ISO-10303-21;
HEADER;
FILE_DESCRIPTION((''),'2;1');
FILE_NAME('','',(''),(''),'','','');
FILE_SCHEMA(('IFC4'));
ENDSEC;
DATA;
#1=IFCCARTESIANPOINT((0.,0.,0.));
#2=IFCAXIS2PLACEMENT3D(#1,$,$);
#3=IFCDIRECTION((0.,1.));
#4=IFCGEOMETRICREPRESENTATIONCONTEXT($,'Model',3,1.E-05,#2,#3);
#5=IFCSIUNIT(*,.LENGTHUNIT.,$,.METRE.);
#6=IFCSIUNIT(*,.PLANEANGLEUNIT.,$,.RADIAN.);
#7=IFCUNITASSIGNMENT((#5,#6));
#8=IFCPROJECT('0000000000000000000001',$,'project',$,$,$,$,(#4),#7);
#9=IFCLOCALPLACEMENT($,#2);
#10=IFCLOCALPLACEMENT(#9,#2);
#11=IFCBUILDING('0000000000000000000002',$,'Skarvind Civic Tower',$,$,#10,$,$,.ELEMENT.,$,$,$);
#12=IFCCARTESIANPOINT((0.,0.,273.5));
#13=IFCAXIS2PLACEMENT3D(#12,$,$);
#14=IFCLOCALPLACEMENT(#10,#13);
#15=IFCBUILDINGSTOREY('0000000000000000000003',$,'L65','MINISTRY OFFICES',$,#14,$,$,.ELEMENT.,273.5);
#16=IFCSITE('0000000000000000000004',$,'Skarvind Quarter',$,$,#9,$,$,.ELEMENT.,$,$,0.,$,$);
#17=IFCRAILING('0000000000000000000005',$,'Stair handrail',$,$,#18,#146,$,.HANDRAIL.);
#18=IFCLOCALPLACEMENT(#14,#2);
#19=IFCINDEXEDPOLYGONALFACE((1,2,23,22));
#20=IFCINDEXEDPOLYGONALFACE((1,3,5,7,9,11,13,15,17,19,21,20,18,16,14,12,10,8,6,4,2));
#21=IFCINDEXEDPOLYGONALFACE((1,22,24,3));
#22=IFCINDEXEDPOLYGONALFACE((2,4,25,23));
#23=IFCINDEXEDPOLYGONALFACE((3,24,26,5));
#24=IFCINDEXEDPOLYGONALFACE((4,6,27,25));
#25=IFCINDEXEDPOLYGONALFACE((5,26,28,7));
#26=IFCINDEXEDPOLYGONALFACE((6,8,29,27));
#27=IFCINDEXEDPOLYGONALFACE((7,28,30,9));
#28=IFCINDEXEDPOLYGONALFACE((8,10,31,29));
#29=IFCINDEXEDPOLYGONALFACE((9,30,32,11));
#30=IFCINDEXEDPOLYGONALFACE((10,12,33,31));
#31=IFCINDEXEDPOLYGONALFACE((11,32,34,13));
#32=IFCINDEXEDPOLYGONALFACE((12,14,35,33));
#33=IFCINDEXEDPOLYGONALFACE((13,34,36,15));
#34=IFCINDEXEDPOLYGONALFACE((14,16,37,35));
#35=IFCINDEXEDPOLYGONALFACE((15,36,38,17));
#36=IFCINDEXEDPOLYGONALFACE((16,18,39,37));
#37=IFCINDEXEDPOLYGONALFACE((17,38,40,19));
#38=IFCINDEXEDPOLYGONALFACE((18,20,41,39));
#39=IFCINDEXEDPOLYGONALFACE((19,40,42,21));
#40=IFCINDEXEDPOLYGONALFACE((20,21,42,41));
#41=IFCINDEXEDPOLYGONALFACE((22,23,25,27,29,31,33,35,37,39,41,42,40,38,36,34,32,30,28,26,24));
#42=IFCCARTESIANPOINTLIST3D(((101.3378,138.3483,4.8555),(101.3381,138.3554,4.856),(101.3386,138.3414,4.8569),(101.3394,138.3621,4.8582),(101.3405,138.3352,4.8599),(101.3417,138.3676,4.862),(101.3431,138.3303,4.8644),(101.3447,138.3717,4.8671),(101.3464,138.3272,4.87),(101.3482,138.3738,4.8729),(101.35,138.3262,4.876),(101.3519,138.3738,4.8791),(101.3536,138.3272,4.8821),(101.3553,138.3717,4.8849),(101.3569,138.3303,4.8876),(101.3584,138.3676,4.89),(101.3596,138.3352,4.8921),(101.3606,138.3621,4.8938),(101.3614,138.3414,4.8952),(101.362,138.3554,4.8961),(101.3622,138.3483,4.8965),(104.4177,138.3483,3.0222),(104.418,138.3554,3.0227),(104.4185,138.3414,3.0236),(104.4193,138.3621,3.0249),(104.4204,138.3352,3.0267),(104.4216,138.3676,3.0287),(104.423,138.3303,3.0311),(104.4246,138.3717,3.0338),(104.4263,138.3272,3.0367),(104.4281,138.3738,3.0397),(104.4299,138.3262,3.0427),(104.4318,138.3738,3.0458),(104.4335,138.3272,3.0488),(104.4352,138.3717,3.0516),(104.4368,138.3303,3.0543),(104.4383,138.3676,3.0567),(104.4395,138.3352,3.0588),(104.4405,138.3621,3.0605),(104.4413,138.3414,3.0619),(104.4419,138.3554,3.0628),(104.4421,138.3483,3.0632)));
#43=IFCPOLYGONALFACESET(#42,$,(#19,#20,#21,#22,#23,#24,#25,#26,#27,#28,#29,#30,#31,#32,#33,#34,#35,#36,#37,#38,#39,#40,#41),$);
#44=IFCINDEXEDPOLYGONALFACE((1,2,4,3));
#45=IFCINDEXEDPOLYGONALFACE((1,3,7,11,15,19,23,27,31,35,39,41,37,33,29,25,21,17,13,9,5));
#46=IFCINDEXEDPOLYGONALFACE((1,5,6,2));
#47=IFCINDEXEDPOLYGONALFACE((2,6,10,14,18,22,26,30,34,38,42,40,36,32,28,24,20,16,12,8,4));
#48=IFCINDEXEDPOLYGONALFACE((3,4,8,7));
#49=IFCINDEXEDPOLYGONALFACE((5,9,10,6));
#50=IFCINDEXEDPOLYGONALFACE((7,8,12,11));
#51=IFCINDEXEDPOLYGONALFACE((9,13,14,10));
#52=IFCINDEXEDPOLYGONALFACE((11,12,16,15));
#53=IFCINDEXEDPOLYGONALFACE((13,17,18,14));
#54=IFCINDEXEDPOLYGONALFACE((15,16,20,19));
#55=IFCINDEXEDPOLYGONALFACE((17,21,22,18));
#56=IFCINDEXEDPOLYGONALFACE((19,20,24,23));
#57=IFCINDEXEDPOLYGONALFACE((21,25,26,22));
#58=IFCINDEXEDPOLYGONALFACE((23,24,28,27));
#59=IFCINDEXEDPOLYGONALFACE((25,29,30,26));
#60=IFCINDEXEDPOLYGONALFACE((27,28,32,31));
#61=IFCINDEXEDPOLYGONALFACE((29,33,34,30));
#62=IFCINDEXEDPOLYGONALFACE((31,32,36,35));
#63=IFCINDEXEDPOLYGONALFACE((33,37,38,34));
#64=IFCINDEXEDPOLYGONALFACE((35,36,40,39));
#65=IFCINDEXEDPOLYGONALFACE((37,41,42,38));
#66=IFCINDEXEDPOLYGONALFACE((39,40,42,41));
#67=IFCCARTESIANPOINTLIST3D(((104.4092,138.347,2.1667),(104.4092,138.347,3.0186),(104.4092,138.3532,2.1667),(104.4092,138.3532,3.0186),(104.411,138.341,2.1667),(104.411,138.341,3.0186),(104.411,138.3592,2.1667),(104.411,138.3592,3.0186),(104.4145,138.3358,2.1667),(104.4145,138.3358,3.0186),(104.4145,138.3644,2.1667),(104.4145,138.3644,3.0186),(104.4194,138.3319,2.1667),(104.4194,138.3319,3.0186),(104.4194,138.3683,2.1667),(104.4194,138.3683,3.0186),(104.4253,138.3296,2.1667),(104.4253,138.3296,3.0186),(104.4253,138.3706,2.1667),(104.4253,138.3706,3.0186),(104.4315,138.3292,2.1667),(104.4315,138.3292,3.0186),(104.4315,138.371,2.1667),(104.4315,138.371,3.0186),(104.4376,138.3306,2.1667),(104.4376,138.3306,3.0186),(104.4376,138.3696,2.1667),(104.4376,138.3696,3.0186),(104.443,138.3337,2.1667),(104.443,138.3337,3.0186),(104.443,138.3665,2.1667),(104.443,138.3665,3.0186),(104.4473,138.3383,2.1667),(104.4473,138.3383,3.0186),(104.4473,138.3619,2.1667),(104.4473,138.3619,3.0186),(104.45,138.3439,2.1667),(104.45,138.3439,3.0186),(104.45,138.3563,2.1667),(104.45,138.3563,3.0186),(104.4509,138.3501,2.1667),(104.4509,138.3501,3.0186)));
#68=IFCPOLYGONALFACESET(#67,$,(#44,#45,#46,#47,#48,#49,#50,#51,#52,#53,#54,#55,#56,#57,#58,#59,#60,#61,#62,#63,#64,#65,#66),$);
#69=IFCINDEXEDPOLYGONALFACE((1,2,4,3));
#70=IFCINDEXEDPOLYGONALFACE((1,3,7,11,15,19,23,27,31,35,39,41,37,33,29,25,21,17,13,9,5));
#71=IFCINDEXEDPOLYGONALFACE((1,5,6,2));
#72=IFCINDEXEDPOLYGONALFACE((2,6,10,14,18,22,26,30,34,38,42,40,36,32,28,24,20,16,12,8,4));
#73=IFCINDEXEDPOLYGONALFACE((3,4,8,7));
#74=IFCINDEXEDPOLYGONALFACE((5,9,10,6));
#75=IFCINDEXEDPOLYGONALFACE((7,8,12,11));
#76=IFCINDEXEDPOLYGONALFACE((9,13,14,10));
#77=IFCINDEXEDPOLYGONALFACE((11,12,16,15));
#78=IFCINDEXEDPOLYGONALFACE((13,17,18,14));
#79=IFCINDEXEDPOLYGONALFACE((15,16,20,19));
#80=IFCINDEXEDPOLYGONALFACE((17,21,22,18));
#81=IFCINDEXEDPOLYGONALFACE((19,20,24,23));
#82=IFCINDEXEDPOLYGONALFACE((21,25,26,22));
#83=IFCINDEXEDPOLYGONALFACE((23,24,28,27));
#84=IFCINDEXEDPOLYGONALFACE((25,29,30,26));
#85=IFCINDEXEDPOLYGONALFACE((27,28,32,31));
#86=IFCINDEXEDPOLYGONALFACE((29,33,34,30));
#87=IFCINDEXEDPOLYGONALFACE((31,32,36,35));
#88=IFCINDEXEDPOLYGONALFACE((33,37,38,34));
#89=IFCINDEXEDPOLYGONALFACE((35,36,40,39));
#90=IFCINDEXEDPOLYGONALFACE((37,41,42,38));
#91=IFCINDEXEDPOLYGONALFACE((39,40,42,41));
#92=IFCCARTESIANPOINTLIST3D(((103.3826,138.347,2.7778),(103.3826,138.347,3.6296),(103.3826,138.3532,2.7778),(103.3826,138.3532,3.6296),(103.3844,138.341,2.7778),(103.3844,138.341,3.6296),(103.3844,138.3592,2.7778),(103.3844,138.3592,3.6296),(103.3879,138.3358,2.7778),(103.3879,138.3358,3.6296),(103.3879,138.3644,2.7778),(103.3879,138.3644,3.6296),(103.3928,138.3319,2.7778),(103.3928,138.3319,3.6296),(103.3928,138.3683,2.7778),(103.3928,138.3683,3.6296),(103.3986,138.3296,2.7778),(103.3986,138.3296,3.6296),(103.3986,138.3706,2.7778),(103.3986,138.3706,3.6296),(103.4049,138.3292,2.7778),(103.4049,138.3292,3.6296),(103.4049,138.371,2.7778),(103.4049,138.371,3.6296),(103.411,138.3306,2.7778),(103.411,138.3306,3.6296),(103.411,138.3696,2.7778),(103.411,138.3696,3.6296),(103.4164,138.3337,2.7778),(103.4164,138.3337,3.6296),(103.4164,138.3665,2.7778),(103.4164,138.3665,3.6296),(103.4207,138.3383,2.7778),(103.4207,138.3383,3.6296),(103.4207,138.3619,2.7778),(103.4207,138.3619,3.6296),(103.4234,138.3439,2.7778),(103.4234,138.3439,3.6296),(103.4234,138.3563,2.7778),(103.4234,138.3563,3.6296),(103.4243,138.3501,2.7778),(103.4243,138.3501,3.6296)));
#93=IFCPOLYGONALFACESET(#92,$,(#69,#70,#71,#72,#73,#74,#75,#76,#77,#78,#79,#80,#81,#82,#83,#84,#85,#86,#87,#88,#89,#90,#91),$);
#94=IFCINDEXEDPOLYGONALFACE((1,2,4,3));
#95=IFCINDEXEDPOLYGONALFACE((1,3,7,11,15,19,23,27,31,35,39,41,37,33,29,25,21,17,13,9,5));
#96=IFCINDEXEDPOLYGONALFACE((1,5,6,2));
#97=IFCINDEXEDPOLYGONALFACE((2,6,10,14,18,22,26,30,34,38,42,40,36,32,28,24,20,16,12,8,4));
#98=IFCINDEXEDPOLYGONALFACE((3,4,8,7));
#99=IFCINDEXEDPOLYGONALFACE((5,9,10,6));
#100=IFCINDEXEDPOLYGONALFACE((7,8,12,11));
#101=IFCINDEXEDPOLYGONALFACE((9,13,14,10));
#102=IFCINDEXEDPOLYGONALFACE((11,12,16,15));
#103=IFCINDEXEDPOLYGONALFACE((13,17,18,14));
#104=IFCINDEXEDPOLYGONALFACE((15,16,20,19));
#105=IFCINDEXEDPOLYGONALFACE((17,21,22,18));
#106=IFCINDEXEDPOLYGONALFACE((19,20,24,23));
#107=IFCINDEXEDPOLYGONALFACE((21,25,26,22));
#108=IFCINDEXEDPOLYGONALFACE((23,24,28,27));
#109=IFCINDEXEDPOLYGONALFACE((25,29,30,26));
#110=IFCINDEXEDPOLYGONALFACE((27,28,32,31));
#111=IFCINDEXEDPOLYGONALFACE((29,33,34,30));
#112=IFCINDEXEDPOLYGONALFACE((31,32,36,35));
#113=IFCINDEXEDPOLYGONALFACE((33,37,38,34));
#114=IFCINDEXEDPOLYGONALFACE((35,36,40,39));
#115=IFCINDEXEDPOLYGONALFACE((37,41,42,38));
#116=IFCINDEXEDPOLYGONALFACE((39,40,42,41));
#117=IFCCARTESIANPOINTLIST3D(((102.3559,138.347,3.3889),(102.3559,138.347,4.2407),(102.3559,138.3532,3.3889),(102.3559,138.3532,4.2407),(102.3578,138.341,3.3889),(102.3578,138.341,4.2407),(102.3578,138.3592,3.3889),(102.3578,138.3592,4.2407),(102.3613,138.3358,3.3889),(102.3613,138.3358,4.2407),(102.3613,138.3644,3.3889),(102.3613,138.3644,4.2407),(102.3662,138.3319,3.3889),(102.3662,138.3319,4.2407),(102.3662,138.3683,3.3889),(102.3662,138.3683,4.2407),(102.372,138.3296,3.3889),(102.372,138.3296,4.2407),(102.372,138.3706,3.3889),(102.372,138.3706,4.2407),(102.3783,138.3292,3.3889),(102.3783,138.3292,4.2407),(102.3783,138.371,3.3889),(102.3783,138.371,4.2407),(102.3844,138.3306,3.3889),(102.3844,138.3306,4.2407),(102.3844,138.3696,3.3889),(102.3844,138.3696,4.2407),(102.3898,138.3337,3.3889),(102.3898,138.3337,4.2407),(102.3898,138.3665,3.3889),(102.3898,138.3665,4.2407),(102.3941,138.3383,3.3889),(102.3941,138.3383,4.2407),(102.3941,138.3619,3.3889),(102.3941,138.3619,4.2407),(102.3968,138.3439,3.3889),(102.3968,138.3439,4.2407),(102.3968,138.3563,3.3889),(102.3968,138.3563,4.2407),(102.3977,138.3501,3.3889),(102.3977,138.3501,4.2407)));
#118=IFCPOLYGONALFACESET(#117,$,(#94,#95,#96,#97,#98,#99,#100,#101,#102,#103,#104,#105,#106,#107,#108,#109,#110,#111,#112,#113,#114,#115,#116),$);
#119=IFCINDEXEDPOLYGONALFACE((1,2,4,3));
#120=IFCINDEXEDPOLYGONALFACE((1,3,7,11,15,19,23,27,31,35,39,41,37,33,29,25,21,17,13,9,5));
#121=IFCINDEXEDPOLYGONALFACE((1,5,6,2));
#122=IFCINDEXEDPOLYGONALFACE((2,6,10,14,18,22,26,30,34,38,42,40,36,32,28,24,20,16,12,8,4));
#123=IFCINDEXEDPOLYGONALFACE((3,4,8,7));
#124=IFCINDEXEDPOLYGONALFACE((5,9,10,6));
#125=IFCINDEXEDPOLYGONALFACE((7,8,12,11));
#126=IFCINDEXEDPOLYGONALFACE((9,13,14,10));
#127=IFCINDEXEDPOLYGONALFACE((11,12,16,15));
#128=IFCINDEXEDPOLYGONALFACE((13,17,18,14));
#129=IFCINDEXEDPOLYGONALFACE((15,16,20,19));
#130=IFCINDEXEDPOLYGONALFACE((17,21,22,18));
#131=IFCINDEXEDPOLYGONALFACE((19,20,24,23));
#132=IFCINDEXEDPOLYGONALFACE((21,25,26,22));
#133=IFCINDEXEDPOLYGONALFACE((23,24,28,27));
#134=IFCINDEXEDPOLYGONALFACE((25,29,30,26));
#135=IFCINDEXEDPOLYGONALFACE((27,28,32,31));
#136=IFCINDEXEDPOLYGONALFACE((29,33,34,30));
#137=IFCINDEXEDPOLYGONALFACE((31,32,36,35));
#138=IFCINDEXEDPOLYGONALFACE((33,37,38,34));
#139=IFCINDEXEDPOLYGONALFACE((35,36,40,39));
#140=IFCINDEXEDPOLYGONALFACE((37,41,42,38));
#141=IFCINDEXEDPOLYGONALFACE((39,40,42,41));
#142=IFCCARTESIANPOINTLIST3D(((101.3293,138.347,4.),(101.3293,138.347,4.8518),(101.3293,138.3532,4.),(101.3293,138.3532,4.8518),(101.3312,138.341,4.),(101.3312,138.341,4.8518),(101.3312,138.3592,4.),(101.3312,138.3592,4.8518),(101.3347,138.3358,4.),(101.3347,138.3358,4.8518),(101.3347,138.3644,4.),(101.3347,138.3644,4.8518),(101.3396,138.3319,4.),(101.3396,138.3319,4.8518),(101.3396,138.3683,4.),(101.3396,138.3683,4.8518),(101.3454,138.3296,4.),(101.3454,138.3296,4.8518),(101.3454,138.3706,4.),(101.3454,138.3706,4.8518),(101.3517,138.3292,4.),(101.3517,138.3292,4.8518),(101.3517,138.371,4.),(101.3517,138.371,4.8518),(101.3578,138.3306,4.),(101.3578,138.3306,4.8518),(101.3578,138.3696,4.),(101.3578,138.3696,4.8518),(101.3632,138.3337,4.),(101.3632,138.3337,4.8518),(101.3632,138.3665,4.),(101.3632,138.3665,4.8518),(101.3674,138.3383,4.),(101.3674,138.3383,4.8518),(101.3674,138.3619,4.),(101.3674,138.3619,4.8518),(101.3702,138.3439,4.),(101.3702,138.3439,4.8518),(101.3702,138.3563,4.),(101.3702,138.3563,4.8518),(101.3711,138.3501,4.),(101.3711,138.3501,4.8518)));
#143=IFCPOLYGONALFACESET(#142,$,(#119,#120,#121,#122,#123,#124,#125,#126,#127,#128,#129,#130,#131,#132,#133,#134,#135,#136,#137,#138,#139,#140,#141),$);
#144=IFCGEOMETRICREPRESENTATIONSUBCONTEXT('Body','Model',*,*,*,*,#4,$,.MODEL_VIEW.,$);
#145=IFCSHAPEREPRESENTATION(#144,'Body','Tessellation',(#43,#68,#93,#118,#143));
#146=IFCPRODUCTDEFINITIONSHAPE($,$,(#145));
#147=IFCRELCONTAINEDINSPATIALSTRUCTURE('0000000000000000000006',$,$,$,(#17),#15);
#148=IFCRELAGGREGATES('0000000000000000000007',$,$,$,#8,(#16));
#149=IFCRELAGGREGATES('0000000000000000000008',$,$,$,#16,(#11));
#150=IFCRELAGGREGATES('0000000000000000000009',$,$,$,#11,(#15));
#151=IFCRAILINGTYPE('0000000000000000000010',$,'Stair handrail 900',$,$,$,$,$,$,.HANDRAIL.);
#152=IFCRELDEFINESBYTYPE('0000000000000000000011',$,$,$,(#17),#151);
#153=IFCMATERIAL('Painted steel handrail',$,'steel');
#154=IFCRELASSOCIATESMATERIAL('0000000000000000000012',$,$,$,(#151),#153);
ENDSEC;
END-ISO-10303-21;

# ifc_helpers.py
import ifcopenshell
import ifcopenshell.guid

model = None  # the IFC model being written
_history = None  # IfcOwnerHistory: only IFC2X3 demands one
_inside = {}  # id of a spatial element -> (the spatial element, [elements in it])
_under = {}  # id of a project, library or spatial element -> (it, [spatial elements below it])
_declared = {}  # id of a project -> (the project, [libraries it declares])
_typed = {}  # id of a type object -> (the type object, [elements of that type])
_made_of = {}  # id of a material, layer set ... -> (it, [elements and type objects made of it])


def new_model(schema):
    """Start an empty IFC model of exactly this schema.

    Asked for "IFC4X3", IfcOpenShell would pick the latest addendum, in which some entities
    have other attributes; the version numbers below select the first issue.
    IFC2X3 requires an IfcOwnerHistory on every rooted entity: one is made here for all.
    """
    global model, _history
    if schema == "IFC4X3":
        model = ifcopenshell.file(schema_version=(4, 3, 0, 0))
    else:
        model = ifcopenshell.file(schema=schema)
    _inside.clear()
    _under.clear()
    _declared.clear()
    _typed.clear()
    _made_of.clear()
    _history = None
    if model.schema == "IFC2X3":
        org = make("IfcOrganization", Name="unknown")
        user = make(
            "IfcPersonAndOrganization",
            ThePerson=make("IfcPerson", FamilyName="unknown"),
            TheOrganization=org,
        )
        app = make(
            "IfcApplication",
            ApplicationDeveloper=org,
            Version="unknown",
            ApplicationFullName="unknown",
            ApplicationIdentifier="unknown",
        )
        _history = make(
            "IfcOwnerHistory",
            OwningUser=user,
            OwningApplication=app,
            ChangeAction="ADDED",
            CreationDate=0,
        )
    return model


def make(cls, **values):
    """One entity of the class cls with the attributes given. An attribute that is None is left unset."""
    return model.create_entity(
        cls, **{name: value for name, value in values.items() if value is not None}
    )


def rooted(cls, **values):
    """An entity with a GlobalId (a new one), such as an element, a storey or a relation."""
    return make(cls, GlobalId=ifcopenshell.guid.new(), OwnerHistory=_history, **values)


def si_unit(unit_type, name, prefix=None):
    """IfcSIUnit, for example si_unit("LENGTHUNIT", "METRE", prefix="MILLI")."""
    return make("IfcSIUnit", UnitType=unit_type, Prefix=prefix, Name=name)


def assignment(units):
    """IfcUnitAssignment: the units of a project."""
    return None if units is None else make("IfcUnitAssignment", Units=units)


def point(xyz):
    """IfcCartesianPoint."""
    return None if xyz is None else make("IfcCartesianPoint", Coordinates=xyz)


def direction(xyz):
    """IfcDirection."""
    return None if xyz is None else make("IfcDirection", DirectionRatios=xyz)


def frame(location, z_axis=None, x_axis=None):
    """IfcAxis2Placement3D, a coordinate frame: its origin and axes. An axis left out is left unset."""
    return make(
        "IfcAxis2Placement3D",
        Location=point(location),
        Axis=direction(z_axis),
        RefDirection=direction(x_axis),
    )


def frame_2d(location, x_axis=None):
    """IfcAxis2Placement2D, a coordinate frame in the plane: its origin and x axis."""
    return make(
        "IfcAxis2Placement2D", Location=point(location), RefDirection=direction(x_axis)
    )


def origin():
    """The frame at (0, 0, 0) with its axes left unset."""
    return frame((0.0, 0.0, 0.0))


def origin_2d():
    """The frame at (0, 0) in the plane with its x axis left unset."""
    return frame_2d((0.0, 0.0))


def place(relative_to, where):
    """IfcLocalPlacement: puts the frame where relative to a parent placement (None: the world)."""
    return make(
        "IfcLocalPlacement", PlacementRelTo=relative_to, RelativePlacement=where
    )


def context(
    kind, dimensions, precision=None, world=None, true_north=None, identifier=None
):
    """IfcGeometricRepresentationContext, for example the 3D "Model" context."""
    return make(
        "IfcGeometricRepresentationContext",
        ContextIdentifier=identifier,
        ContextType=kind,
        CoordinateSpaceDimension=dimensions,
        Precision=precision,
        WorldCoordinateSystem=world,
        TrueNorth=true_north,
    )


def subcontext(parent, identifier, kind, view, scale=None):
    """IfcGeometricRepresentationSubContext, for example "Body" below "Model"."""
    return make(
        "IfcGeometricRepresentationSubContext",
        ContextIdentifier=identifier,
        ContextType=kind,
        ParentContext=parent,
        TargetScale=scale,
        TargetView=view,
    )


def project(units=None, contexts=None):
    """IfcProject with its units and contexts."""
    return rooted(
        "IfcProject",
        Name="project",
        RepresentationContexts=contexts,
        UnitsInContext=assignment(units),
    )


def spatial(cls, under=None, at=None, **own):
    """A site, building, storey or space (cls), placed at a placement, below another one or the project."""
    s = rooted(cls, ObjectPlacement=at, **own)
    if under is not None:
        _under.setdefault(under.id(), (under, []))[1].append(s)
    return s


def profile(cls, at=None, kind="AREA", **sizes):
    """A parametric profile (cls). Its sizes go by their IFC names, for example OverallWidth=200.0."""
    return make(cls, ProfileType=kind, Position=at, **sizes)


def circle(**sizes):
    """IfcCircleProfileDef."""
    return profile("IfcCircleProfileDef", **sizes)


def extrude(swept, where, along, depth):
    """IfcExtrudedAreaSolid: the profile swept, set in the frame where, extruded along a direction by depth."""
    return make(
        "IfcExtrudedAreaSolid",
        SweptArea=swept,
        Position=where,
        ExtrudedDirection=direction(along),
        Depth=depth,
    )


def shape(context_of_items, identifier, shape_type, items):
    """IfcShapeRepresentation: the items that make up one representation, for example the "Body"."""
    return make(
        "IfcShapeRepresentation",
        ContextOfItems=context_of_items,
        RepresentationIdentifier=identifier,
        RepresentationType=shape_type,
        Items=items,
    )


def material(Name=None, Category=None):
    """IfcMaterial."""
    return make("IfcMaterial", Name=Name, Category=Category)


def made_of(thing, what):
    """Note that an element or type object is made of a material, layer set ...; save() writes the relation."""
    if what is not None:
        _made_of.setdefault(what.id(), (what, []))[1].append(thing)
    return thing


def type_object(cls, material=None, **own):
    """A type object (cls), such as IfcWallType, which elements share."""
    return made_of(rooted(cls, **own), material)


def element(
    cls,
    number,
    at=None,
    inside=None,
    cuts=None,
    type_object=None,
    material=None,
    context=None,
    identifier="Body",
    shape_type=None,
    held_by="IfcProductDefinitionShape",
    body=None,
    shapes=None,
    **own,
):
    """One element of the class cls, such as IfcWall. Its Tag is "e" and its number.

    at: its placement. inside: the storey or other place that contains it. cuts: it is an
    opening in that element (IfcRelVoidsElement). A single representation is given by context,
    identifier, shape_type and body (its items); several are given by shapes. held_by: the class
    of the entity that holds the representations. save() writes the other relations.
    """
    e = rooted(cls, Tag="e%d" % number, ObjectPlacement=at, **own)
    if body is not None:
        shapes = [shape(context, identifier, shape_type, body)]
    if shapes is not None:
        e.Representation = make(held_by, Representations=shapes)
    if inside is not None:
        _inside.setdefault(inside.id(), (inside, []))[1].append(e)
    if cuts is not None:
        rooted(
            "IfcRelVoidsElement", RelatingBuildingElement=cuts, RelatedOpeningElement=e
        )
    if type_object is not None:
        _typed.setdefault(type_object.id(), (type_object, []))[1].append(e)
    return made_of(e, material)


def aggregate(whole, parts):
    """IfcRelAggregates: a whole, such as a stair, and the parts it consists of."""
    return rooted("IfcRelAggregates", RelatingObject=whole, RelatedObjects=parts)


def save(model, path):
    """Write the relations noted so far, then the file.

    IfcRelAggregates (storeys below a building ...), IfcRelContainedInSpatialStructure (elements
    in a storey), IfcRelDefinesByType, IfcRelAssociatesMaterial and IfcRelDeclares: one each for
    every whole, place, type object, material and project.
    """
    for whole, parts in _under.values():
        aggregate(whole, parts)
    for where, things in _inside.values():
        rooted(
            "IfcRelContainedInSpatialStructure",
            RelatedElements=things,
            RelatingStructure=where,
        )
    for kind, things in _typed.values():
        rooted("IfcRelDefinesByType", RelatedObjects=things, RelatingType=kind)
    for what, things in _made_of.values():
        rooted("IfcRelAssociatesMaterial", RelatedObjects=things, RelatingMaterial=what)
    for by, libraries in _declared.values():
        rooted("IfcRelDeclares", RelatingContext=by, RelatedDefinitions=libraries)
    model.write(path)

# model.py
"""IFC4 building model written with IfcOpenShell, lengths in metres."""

from ifc_helpers import new_model, si_unit, direction, frame, origin, origin_2d, place, context, subcontext, project, spatial, circle, extrude, material, type_object, element, save


model = new_model("IFC4")

# Units and contexts
model_context = context("Model", 3, precision=1e-05, world=origin(), true_north=direction((0.0, 1.0)))
body_context = subcontext(model_context, "Body", "Model", "MODEL_VIEW")
ifc_project = project(units=[si_unit("LENGTHUNIT", "METRE"), si_unit("PLANEANGLEUNIT", "RADIAN")], contexts=[model_context])

# Site, building, storey
site_placement = place(None, origin())
site = spatial("IfcSite", under=ifc_project, at=site_placement, Name="Skarvind Quarter", CompositionType="ELEMENT", RefElevation=0.0)
building_placement = place(site_placement, origin())
building = spatial("IfcBuilding", under=site, at=building_placement, Name="Skarvind Civic Tower", CompositionType="ELEMENT")
storey_placement = place(building_placement, frame((0.0, 0.0, 273.5)))
storey = spatial("IfcBuildingStorey", under=building, at=storey_placement, Name="L65", Description="MINISTRY OFFICES", CompositionType="ELEMENT", Elevation=273.5)

# Railing
ifc_material_1 = material(Name="Painted steel handrail", Category="steel")
railing_type = type_object("IfcRailingType", Name="Stair handrail 900", PredefinedType="HANDRAIL", material=ifc_material_1)
railing_1_placement = place(storey_placement, frame((104.4299, 138.3501, 2.1667)))
element("IfcRailing", 1, at=railing_1_placement, inside=storey, type_object=railing_type, Name="Stair handrail", PredefinedType="HANDRAIL", context=body_context, shape_type="SweptSolid", body=[
    extrude(circle(Radius=0.0239, at=origin_2d()), frame((0.0, 0.0, 0.876), z_axis=(-0.859291, 0.0, 0.511487), x_axis=(0.0, -1.0, 0.0)), (0.0, 0.0, 1.0), 3.5842),
    extrude(circle(Radius=0.021, at=origin_2d()), origin(), (0.0, 0.0, 1.0), 0.8518),
    extrude(circle(Radius=0.021, at=origin_2d()), frame((-1.0266, 0.0, 0.6111)), (0.0, 0.0, 1.0), 0.8518),
    extrude(circle(Radius=0.021, at=origin_2d()), frame((-2.0532, 0.0, 1.2222)), (0.0, 0.0, 1.0), 0.8518),
    extrude(circle(Radius=0.021, at=origin_2d()), frame((-3.0798, 0.0, 1.8333)), (0.0, 0.0, 1.0), 0.8518),
])

save(model, "model.ifc")
